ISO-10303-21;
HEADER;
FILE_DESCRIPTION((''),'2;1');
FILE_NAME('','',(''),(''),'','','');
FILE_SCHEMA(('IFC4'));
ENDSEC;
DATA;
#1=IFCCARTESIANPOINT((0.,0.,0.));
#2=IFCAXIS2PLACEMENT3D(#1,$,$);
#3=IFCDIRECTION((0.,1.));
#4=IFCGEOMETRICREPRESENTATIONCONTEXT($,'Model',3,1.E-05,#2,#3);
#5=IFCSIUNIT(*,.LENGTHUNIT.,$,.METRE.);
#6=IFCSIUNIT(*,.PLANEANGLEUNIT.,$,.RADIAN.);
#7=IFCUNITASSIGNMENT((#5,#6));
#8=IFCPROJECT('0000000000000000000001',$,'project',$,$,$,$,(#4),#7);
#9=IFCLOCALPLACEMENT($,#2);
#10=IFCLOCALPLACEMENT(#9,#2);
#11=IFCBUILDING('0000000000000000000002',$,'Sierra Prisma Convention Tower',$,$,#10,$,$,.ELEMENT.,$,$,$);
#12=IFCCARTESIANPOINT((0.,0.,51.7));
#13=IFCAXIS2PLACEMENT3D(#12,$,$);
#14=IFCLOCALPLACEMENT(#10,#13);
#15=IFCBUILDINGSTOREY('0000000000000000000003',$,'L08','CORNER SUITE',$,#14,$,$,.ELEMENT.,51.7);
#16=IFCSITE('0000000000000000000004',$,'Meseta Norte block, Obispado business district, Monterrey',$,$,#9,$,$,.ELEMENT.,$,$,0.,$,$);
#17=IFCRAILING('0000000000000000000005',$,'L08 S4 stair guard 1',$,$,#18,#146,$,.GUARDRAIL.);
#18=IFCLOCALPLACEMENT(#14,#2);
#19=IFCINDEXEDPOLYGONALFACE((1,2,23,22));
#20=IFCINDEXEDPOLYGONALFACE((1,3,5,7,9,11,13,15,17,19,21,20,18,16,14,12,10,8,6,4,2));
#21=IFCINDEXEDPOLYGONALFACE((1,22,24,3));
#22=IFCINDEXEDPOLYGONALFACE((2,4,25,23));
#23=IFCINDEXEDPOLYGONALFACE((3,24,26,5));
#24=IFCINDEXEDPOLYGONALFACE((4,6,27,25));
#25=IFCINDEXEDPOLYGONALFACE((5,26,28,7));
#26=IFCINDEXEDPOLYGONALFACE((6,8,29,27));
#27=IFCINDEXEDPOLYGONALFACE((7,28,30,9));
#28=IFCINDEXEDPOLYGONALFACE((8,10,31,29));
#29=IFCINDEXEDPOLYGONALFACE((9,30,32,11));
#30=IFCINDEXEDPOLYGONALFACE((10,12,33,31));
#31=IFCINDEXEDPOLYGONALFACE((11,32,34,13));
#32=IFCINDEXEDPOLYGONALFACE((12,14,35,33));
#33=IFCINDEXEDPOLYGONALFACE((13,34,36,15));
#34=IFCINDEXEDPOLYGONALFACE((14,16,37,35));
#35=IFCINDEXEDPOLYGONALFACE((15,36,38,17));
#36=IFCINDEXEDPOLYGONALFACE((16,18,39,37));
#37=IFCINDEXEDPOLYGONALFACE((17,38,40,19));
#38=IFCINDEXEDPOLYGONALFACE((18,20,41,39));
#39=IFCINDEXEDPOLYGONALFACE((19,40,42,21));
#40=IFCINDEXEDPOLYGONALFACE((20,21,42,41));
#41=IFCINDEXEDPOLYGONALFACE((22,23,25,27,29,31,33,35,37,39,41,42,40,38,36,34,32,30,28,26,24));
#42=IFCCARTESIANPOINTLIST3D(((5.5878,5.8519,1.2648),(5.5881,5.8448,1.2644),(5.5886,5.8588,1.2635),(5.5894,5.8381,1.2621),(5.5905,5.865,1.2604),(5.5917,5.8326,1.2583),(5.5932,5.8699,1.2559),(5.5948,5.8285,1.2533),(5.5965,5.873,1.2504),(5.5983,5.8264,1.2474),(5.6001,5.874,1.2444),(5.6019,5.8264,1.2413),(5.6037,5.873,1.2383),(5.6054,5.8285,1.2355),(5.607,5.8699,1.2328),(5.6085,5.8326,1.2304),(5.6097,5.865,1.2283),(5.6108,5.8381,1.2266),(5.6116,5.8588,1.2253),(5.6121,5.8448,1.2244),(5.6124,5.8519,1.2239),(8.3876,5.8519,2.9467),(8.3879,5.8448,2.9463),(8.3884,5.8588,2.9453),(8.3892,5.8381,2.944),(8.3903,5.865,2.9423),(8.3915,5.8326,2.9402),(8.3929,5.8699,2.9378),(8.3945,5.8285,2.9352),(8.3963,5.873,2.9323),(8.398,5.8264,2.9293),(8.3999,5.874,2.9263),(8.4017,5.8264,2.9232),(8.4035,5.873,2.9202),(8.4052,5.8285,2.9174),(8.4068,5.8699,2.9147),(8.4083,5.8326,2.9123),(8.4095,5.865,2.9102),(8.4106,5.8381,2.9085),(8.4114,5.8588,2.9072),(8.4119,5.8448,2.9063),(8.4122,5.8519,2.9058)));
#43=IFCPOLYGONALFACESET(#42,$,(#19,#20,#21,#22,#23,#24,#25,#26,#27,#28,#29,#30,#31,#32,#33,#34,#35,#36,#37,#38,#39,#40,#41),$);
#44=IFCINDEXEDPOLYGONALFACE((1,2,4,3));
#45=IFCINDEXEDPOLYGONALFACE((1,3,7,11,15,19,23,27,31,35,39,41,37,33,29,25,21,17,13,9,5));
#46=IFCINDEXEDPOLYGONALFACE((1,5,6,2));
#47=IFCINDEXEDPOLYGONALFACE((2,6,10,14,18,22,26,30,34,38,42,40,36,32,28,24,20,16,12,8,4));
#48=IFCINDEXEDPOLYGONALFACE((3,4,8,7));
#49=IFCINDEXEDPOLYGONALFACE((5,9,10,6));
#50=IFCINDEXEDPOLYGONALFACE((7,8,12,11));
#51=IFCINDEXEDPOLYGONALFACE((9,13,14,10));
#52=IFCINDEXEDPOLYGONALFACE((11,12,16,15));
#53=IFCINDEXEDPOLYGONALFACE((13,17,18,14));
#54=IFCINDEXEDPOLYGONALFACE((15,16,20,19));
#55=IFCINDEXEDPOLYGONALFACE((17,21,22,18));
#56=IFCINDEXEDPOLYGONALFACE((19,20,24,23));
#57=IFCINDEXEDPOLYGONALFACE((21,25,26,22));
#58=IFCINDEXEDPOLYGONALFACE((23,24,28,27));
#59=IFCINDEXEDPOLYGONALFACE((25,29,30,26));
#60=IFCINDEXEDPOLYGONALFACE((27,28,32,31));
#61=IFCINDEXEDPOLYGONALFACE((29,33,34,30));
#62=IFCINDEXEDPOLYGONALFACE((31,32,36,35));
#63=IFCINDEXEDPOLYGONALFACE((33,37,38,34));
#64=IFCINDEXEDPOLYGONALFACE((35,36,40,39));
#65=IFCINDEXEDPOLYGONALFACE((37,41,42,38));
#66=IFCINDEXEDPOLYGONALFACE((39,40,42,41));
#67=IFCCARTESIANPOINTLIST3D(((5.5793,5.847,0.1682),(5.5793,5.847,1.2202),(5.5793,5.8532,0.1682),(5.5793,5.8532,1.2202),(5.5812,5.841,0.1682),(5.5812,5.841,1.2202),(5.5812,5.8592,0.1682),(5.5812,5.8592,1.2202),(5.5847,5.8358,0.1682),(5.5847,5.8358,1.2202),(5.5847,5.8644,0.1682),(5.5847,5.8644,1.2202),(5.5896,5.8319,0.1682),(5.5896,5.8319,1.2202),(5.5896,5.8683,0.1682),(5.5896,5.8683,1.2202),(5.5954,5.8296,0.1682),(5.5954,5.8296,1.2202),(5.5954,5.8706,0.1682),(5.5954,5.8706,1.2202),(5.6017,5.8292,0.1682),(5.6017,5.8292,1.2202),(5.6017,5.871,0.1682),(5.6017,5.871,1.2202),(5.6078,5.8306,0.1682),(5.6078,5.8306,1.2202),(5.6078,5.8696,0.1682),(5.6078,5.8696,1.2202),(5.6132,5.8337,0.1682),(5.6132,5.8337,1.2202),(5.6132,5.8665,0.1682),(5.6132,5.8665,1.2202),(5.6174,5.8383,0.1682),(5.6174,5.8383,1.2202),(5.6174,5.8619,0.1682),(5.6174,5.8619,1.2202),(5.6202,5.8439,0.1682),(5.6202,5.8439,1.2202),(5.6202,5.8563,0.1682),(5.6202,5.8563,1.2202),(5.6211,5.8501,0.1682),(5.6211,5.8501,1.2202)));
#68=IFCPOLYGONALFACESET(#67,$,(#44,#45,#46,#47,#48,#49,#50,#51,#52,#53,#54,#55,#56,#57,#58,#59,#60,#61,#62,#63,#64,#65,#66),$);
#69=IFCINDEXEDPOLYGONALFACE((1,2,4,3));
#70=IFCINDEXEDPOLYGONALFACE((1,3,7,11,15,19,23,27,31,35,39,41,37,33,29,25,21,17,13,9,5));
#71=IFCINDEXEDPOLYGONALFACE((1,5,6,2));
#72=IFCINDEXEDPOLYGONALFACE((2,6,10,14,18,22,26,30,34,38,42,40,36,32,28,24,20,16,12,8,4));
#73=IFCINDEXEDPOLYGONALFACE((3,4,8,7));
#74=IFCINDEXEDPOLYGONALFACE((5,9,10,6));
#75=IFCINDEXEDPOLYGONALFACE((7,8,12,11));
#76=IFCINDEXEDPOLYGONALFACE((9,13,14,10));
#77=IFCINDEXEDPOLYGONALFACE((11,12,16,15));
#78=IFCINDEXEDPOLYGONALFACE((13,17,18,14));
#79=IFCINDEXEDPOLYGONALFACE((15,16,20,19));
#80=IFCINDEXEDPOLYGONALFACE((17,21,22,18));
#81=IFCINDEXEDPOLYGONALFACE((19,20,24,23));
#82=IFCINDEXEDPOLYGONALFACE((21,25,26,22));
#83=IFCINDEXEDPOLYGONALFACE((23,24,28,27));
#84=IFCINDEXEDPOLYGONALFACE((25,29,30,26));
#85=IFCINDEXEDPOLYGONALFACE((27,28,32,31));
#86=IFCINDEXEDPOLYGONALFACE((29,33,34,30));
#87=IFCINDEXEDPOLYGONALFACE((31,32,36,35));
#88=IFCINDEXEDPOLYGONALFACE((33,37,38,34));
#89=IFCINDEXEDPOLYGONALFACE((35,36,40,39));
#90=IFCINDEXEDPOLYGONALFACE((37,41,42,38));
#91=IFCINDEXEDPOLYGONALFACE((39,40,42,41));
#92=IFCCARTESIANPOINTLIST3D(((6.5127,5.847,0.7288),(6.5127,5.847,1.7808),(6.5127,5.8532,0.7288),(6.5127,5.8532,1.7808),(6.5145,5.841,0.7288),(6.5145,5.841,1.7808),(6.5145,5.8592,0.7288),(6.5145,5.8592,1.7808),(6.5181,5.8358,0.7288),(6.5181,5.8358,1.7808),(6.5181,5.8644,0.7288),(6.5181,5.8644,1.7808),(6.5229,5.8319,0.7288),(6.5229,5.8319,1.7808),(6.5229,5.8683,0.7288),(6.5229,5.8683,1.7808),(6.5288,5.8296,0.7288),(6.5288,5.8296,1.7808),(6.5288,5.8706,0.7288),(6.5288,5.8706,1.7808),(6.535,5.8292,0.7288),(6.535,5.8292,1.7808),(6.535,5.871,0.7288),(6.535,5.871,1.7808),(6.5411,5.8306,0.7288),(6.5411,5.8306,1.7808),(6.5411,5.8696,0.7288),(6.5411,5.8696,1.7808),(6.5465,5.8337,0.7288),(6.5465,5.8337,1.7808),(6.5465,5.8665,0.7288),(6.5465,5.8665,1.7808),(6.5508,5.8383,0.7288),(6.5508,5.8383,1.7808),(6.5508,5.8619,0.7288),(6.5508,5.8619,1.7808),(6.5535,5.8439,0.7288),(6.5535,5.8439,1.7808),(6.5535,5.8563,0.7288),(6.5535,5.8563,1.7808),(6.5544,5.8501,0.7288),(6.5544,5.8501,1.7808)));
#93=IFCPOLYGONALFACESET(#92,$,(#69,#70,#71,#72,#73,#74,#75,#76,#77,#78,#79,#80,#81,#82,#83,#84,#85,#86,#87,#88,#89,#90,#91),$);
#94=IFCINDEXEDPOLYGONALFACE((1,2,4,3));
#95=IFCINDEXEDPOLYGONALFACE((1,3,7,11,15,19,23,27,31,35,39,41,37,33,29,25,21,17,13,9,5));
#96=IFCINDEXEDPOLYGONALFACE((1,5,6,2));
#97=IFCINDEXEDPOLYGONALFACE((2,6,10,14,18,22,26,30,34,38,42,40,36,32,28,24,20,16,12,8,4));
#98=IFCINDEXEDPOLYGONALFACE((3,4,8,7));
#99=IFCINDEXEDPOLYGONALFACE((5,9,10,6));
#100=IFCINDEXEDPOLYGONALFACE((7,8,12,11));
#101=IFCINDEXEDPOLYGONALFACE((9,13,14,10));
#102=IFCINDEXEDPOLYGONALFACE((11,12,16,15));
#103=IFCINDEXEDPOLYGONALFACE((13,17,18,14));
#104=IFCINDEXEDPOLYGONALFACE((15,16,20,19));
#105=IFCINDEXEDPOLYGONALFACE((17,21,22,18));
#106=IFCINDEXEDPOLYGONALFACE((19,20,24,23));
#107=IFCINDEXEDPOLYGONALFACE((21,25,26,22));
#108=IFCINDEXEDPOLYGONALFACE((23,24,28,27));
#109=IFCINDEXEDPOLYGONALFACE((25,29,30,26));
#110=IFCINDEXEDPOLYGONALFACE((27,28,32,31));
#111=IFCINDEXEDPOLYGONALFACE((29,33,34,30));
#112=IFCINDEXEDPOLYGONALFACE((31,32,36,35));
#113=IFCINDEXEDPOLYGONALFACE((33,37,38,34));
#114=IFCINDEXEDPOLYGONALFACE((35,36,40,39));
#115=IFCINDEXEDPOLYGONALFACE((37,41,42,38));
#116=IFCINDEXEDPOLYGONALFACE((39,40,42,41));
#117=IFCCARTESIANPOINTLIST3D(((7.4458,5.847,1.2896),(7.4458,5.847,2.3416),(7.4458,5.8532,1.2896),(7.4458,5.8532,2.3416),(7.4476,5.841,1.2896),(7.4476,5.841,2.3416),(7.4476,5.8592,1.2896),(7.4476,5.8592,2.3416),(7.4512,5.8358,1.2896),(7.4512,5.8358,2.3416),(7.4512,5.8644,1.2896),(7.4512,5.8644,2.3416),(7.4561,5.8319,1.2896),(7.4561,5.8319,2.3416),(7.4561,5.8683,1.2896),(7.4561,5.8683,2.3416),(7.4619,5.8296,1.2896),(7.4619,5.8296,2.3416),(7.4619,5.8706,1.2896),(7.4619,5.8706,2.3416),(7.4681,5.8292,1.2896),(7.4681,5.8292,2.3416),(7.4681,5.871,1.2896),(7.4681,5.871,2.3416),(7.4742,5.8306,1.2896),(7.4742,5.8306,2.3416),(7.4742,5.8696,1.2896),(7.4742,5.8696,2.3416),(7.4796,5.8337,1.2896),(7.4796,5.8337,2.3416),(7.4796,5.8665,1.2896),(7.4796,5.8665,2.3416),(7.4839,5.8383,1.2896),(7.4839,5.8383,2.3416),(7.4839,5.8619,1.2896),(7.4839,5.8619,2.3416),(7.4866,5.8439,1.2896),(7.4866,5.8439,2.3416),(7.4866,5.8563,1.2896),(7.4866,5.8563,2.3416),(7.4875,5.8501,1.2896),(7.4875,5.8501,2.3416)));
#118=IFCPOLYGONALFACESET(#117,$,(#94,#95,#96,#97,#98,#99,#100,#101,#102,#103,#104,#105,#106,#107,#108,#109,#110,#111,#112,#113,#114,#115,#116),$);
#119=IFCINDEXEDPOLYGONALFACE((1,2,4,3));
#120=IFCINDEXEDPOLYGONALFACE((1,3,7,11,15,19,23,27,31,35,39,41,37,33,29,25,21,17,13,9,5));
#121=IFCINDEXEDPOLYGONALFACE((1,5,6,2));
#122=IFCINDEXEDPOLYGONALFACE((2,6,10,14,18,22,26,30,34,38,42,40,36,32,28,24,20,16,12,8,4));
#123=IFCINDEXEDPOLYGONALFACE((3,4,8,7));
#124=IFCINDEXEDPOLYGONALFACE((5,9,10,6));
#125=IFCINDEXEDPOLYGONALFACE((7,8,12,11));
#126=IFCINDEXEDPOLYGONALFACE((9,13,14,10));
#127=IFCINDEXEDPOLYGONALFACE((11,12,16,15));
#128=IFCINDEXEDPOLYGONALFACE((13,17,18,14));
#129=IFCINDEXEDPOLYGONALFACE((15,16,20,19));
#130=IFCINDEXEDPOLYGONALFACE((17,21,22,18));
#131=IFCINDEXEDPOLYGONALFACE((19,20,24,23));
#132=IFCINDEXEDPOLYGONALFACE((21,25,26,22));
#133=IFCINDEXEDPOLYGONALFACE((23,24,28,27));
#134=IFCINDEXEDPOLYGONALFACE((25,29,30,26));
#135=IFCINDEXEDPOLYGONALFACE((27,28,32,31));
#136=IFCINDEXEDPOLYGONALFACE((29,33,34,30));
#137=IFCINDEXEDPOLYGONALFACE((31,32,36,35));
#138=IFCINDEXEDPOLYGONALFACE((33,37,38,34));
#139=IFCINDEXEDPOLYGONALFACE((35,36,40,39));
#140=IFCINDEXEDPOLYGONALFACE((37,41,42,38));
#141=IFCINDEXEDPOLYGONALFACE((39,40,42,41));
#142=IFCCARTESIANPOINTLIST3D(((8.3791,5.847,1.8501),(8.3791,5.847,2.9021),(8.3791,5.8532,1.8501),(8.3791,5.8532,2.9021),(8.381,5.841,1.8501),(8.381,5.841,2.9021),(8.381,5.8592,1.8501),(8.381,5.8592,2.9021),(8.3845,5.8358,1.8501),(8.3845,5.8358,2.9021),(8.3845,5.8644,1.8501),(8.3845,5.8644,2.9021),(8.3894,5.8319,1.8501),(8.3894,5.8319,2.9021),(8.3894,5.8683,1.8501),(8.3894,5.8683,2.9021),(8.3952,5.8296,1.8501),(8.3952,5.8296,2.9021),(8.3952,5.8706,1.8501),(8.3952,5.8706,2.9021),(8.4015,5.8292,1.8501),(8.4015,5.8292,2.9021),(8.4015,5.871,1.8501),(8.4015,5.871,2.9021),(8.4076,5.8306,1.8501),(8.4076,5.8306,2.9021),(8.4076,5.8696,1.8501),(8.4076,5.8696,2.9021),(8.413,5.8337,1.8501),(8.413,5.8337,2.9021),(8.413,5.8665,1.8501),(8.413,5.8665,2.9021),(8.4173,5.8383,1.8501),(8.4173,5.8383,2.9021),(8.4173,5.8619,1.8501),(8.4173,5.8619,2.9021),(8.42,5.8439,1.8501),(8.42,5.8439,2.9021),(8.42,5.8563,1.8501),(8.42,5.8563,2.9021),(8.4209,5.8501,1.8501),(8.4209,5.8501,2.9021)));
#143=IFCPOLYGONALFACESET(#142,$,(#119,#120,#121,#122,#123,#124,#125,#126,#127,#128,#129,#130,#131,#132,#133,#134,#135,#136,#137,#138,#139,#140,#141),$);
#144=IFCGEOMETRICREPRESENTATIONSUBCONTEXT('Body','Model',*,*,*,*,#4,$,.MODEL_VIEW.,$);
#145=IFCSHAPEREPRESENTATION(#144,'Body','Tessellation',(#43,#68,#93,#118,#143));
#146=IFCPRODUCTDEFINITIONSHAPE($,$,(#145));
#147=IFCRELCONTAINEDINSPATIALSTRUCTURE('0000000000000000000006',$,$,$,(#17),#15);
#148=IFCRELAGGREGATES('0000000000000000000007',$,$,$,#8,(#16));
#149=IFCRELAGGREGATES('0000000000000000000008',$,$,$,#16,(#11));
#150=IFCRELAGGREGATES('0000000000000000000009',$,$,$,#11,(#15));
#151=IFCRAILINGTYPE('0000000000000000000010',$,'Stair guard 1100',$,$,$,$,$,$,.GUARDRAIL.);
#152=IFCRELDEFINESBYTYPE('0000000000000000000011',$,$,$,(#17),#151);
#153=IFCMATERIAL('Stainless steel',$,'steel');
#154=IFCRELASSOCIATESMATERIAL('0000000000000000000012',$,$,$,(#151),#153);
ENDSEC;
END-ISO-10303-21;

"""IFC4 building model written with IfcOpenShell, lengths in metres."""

from ifc_helpers import new_model, si_unit, direction, frame, origin, origin_2d, place, context, subcontext, project, spatial, circle, extrude, material, type_object, element, save


model = new_model("IFC4")

# Units and contexts
model_context = context("Model", 3, precision=1e-05, world=origin(), true_north=direction((0.0, 1.0)))
body_context = subcontext(model_context, "Body", "Model", "MODEL_VIEW")
ifc_project = project(units=[si_unit("LENGTHUNIT", "METRE"), si_unit("PLANEANGLEUNIT", "RADIAN")], contexts=[model_context])

# Site, building, storey
site_placement = place(None, origin())
site = spatial("IfcSite", under=ifc_project, at=site_placement, Name="Meseta Norte block, Obispado business district, Monterrey", CompositionType="ELEMENT", RefElevation=0.0)
building_placement = place(site_placement, origin())
building = spatial("IfcBuilding", under=site, at=building_placement, Name="Sierra Prisma Convention Tower", CompositionType="ELEMENT")
storey_placement = place(building_placement, frame((0.0, 0.0, 51.7)))
storey = spatial("IfcBuildingStorey", under=building, at=storey_placement, Name="L08", Description="CORNER SUITE", CompositionType="ELEMENT", Elevation=51.7)

# Railing
ifc_material_1 = material(Name="Stainless steel", Category="steel")
railing_type_1 = type_object("IfcRailingType", Name="Stair guard 1100", PredefinedType="GUARDRAIL", material=ifc_material_1)
railing_1_placement = place(storey_placement, frame((5.6001, 5.8501, 0.1682)))
element("IfcRailing", 1, at=railing_1_placement, inside=storey, type_object=railing_type_1, Name="L08 S4 stair guard 1", PredefinedType="GUARDRAIL", context=body_context, shape_type="SweptSolid", body=[
    extrude(circle(Radius=0.0239, at=origin_2d()), frame((0.0, 0.0, 1.0762), z_axis=(0.857222, 0.0, 0.514946), x_axis=(0.0, 1.0, 0.0)), (0.0, 0.0, 1.0), 3.2661),
    extrude(circle(Radius=0.021, at=origin_2d()), origin(), (0.0, 0.0, 1.0), 1.052),
    extrude(circle(Radius=0.021, at=origin_2d()), frame((0.9333, 0.0, 0.5605)), (0.0, 0.0, 1.0), 1.052),
    extrude(circle(Radius=0.021, at=origin_2d()), frame((1.8665, 0.0, 1.1213)), (0.0, 0.0, 1.0), 1.052),
    extrude(circle(Radius=0.021, at=origin_2d()), frame((2.7998, 0.0, 1.6819)), (0.0, 0.0, 1.0), 1.052),
])

save(model, "model.ifc")
